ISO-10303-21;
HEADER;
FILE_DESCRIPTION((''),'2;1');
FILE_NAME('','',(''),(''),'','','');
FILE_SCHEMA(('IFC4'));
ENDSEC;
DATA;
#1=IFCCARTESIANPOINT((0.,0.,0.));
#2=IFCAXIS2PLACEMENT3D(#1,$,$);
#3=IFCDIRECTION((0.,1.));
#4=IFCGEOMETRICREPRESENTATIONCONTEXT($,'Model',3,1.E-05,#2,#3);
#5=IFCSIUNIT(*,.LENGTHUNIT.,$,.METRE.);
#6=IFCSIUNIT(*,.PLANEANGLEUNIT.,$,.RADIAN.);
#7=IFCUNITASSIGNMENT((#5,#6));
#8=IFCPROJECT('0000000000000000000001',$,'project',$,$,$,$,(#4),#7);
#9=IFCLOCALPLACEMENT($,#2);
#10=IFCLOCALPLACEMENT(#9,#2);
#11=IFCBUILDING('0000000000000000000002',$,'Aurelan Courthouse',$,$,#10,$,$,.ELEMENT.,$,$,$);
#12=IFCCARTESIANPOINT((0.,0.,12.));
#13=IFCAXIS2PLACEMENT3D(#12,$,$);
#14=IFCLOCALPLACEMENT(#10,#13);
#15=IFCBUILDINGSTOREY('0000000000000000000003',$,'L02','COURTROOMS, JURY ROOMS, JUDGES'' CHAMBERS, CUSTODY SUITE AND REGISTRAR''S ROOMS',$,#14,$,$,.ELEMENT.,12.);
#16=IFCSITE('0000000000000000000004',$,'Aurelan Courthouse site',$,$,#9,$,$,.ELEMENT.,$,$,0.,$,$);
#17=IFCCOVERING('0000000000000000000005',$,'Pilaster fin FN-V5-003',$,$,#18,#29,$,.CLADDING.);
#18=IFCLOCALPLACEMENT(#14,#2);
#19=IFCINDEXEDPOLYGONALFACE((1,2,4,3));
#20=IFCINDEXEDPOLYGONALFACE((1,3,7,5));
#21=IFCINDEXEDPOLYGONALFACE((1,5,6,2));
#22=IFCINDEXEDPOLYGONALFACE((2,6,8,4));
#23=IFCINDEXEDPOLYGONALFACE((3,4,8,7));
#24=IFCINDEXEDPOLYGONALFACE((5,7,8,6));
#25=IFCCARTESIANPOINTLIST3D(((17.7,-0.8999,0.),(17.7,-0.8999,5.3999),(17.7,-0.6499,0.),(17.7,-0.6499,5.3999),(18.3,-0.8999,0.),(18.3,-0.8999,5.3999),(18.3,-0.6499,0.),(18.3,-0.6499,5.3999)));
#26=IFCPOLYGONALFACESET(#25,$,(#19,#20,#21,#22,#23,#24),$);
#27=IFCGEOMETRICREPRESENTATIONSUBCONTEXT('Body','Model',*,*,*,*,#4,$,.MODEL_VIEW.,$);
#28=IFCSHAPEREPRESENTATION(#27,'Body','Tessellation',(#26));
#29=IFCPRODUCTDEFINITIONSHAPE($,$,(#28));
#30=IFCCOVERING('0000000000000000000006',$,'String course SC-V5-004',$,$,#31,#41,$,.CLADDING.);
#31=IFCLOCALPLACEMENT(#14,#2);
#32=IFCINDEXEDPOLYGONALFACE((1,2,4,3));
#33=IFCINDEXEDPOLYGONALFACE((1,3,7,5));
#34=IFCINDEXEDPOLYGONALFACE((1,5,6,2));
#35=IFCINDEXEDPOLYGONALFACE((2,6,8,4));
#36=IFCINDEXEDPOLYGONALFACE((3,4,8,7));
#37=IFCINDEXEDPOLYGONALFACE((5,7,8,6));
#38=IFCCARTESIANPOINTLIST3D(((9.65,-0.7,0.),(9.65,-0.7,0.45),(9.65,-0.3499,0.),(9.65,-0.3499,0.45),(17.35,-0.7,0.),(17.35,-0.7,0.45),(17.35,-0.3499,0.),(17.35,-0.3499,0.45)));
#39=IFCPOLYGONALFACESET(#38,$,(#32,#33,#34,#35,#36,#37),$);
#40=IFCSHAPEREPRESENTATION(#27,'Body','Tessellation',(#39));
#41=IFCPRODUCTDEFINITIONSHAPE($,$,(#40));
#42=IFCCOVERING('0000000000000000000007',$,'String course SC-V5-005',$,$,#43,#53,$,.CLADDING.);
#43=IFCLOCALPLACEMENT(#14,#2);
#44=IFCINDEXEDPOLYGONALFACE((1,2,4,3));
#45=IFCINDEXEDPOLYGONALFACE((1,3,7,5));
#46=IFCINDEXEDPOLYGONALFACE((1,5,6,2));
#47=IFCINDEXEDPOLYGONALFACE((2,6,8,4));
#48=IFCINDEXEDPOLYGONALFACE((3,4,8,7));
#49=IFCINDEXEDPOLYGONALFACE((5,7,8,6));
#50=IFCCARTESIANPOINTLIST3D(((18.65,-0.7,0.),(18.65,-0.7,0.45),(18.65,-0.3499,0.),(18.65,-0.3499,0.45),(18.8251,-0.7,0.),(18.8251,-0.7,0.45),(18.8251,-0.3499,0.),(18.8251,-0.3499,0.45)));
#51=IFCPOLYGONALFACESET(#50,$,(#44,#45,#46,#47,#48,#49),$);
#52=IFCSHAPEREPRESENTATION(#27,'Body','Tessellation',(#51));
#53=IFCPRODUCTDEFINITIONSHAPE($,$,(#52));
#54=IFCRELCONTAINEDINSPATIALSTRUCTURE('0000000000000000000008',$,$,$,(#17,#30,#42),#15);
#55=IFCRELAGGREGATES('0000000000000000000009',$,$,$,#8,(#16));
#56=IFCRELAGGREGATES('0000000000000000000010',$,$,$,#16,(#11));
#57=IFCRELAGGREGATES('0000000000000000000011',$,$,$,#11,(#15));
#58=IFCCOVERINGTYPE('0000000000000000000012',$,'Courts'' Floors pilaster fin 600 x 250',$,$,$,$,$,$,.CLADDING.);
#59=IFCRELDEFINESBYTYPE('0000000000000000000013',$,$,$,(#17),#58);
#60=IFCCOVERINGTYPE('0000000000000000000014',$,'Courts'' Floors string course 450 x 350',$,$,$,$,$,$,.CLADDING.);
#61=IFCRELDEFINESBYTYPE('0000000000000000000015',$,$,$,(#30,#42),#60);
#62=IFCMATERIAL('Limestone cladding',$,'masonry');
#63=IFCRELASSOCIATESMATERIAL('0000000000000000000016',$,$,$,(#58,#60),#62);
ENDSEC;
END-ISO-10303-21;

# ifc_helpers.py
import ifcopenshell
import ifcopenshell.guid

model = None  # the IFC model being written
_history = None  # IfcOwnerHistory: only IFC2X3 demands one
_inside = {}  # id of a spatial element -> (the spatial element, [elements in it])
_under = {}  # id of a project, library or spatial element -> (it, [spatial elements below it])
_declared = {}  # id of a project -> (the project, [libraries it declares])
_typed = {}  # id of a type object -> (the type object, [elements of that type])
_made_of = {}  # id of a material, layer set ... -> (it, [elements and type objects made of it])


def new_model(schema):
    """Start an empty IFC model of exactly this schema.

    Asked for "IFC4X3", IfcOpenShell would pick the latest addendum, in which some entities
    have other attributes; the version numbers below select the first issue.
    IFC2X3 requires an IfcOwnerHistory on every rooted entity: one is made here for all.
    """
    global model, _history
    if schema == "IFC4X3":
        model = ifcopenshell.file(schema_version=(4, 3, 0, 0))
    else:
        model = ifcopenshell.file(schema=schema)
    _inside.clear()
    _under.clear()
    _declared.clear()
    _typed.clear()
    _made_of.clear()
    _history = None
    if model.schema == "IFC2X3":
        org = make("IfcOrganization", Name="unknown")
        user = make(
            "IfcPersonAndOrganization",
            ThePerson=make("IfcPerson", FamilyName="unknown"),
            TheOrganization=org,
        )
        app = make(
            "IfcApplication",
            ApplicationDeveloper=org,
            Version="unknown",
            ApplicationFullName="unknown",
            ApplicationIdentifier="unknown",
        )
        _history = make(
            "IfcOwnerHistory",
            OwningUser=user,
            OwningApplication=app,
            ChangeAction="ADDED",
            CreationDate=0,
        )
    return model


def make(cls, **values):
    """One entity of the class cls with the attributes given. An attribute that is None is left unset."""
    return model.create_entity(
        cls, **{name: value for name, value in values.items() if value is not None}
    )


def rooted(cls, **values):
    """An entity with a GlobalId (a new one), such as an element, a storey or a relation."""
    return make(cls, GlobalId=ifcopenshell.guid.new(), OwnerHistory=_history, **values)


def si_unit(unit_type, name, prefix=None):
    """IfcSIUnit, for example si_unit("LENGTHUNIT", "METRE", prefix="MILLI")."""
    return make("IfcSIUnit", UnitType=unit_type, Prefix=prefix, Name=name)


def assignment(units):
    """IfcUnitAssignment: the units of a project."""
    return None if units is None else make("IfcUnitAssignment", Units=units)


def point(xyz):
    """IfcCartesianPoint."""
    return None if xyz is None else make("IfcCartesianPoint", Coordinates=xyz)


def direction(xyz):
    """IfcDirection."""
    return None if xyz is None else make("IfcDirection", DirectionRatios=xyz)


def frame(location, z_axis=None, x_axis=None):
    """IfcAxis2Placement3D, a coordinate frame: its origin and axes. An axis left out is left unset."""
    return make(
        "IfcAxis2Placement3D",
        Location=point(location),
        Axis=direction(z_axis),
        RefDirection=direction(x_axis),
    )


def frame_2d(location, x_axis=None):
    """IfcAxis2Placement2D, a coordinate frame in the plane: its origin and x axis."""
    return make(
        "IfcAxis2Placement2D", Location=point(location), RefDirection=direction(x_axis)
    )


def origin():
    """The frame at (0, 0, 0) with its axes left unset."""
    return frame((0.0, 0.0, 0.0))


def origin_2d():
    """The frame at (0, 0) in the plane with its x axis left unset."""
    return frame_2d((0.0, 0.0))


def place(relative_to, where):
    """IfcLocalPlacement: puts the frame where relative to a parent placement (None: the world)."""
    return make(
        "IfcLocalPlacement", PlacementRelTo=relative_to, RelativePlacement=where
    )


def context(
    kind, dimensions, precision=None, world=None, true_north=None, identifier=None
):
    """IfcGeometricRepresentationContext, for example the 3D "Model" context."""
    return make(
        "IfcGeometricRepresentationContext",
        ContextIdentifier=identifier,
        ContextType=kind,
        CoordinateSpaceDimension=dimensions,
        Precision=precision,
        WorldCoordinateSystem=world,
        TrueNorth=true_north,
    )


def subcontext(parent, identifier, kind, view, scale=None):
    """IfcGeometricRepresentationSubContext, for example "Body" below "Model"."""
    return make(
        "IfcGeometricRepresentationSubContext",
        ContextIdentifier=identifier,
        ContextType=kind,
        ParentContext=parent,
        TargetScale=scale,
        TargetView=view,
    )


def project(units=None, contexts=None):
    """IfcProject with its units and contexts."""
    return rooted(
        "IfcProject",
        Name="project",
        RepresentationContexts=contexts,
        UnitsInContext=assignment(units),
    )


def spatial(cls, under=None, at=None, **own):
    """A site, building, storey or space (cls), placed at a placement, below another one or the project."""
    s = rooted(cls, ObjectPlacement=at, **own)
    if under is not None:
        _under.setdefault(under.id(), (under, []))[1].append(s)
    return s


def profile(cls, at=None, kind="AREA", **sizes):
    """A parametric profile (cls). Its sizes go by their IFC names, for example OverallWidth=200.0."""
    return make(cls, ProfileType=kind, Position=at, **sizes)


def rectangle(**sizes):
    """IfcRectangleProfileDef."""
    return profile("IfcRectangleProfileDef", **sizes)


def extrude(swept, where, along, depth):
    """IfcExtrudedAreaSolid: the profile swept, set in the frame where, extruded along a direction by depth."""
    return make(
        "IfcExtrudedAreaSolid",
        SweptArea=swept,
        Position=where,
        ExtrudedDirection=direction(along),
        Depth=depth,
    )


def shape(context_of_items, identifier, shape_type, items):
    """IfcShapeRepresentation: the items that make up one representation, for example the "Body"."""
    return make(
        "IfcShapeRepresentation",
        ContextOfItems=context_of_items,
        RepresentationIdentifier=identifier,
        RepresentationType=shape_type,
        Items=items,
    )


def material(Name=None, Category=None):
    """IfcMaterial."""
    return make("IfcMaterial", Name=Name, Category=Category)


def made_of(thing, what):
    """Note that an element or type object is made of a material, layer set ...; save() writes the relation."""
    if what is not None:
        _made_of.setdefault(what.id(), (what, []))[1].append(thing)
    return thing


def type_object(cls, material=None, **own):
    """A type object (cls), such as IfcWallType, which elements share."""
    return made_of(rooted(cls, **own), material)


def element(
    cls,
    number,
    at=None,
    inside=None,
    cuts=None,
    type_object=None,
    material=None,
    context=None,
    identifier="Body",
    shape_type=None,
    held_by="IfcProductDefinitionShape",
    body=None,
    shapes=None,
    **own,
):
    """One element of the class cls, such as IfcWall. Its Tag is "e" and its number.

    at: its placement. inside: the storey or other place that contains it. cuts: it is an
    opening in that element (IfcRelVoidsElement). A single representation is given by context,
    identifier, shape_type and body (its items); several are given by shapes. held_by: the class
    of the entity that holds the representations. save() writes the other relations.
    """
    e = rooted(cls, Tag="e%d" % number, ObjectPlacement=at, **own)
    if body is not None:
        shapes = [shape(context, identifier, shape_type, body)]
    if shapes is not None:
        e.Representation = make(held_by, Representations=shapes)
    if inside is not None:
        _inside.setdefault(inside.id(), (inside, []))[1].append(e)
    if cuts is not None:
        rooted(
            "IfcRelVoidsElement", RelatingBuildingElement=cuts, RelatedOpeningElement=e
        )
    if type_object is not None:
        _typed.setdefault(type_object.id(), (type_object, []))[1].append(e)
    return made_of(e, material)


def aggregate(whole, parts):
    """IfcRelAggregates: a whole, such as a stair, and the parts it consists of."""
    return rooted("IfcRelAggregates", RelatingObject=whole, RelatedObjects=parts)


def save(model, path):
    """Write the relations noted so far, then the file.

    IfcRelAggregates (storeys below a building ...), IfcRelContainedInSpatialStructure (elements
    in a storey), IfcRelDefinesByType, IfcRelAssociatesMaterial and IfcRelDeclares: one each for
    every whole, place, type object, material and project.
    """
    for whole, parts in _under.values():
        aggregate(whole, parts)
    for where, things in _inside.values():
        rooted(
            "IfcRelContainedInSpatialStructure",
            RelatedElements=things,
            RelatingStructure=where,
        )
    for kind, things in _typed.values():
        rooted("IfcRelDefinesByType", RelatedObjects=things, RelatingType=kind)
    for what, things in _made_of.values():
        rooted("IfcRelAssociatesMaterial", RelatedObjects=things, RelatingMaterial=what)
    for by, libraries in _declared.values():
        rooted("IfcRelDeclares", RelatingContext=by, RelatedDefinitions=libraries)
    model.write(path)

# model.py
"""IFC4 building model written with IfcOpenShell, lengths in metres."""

from ifc_helpers import new_model, si_unit, direction, frame, origin, origin_2d, place, context, subcontext, project, spatial, rectangle, extrude, material, type_object, element, save


model = new_model("IFC4")

# Units and contexts
model_context = context("Model", 3, precision=1e-05, world=origin(), true_north=direction((0.0, 1.0)))
body_context = subcontext(model_context, "Body", "Model", "MODEL_VIEW")
ifc_project = project(units=[si_unit("LENGTHUNIT", "METRE"), si_unit("PLANEANGLEUNIT", "RADIAN")], contexts=[model_context])

# Site, building, storey
site_placement = place(None, origin())
site = spatial("IfcSite", under=ifc_project, at=site_placement, Name="Aurelan Courthouse site", CompositionType="ELEMENT", RefElevation=0.0)
building_placement = place(site_placement, origin())
building = spatial("IfcBuilding", under=site, at=building_placement, Name="Aurelan Courthouse", CompositionType="ELEMENT")
storey_placement = place(building_placement, frame((0.0, 0.0, 12.0)))
storey = spatial("IfcBuildingStorey", under=building, at=storey_placement, Name="L02", Description="COURTROOMS, JURY ROOMS, JUDGES' CHAMBERS, CUSTODY SUITE AND REGISTRAR'S ROOMS", CompositionType="ELEMENT", Elevation=12.0)

# Shared definitions
ifc_material_1 = material(Name="Limestone cladding", Category="masonry")

# Coverings
covering_type_1 = type_object("IfcCoveringType", Name="Courts' Floors pilaster fin 600 x 250", PredefinedType="CLADDING", material=ifc_material_1)
covering_1_placement = place(storey_placement, frame((18.0, -0.7749, 0.0), z_axis=(0.0, 0.0, 1.0), x_axis=(1.0, 0.0, 0.0)))
element("IfcCovering", 1, at=covering_1_placement, inside=storey, type_object=covering_type_1, Name="Pilaster fin FN-V5-003", PredefinedType="CLADDING", context=body_context, shape_type="SweptSolid", body=[
    extrude(rectangle(XDim=0.6001, YDim=0.25, at=origin_2d()), origin(), (0.0, 0.0, 1.0), 5.3999),
])
covering_type_2 = type_object("IfcCoveringType", Name="Courts' Floors string course 450 x 350", PredefinedType="CLADDING", material=ifc_material_1)
covering_2_placement = place(storey_placement, frame((13.5, -0.5249, 0.0), z_axis=(0.0, 0.0, 1.0), x_axis=(1.0, 0.0, 0.0)))
element("IfcCovering", 2, at=covering_2_placement, inside=storey, type_object=covering_type_2, Name="String course SC-V5-004", PredefinedType="CLADDING", context=body_context, shape_type="SweptSolid", body=[
    extrude(rectangle(XDim=7.7, YDim=0.3501, at=origin_2d()), origin(), (0.0, 0.0, 1.0), 0.45),
])
covering_3_placement = place(storey_placement, frame((18.7375, -0.5249, 0.0), z_axis=(0.0, 0.0, 1.0), x_axis=(1.0, 0.0, 0.0)))
element("IfcCovering", 3, at=covering_3_placement, inside=storey, type_object=covering_type_2, Name="String course SC-V5-005", PredefinedType="CLADDING", context=body_context, shape_type="SweptSolid", body=[
    extrude(rectangle(XDim=0.175, YDim=0.3501, at=origin_2d()), origin(), (0.0, 0.0, 1.0), 0.45),
])

save(model, "model.ifc")
